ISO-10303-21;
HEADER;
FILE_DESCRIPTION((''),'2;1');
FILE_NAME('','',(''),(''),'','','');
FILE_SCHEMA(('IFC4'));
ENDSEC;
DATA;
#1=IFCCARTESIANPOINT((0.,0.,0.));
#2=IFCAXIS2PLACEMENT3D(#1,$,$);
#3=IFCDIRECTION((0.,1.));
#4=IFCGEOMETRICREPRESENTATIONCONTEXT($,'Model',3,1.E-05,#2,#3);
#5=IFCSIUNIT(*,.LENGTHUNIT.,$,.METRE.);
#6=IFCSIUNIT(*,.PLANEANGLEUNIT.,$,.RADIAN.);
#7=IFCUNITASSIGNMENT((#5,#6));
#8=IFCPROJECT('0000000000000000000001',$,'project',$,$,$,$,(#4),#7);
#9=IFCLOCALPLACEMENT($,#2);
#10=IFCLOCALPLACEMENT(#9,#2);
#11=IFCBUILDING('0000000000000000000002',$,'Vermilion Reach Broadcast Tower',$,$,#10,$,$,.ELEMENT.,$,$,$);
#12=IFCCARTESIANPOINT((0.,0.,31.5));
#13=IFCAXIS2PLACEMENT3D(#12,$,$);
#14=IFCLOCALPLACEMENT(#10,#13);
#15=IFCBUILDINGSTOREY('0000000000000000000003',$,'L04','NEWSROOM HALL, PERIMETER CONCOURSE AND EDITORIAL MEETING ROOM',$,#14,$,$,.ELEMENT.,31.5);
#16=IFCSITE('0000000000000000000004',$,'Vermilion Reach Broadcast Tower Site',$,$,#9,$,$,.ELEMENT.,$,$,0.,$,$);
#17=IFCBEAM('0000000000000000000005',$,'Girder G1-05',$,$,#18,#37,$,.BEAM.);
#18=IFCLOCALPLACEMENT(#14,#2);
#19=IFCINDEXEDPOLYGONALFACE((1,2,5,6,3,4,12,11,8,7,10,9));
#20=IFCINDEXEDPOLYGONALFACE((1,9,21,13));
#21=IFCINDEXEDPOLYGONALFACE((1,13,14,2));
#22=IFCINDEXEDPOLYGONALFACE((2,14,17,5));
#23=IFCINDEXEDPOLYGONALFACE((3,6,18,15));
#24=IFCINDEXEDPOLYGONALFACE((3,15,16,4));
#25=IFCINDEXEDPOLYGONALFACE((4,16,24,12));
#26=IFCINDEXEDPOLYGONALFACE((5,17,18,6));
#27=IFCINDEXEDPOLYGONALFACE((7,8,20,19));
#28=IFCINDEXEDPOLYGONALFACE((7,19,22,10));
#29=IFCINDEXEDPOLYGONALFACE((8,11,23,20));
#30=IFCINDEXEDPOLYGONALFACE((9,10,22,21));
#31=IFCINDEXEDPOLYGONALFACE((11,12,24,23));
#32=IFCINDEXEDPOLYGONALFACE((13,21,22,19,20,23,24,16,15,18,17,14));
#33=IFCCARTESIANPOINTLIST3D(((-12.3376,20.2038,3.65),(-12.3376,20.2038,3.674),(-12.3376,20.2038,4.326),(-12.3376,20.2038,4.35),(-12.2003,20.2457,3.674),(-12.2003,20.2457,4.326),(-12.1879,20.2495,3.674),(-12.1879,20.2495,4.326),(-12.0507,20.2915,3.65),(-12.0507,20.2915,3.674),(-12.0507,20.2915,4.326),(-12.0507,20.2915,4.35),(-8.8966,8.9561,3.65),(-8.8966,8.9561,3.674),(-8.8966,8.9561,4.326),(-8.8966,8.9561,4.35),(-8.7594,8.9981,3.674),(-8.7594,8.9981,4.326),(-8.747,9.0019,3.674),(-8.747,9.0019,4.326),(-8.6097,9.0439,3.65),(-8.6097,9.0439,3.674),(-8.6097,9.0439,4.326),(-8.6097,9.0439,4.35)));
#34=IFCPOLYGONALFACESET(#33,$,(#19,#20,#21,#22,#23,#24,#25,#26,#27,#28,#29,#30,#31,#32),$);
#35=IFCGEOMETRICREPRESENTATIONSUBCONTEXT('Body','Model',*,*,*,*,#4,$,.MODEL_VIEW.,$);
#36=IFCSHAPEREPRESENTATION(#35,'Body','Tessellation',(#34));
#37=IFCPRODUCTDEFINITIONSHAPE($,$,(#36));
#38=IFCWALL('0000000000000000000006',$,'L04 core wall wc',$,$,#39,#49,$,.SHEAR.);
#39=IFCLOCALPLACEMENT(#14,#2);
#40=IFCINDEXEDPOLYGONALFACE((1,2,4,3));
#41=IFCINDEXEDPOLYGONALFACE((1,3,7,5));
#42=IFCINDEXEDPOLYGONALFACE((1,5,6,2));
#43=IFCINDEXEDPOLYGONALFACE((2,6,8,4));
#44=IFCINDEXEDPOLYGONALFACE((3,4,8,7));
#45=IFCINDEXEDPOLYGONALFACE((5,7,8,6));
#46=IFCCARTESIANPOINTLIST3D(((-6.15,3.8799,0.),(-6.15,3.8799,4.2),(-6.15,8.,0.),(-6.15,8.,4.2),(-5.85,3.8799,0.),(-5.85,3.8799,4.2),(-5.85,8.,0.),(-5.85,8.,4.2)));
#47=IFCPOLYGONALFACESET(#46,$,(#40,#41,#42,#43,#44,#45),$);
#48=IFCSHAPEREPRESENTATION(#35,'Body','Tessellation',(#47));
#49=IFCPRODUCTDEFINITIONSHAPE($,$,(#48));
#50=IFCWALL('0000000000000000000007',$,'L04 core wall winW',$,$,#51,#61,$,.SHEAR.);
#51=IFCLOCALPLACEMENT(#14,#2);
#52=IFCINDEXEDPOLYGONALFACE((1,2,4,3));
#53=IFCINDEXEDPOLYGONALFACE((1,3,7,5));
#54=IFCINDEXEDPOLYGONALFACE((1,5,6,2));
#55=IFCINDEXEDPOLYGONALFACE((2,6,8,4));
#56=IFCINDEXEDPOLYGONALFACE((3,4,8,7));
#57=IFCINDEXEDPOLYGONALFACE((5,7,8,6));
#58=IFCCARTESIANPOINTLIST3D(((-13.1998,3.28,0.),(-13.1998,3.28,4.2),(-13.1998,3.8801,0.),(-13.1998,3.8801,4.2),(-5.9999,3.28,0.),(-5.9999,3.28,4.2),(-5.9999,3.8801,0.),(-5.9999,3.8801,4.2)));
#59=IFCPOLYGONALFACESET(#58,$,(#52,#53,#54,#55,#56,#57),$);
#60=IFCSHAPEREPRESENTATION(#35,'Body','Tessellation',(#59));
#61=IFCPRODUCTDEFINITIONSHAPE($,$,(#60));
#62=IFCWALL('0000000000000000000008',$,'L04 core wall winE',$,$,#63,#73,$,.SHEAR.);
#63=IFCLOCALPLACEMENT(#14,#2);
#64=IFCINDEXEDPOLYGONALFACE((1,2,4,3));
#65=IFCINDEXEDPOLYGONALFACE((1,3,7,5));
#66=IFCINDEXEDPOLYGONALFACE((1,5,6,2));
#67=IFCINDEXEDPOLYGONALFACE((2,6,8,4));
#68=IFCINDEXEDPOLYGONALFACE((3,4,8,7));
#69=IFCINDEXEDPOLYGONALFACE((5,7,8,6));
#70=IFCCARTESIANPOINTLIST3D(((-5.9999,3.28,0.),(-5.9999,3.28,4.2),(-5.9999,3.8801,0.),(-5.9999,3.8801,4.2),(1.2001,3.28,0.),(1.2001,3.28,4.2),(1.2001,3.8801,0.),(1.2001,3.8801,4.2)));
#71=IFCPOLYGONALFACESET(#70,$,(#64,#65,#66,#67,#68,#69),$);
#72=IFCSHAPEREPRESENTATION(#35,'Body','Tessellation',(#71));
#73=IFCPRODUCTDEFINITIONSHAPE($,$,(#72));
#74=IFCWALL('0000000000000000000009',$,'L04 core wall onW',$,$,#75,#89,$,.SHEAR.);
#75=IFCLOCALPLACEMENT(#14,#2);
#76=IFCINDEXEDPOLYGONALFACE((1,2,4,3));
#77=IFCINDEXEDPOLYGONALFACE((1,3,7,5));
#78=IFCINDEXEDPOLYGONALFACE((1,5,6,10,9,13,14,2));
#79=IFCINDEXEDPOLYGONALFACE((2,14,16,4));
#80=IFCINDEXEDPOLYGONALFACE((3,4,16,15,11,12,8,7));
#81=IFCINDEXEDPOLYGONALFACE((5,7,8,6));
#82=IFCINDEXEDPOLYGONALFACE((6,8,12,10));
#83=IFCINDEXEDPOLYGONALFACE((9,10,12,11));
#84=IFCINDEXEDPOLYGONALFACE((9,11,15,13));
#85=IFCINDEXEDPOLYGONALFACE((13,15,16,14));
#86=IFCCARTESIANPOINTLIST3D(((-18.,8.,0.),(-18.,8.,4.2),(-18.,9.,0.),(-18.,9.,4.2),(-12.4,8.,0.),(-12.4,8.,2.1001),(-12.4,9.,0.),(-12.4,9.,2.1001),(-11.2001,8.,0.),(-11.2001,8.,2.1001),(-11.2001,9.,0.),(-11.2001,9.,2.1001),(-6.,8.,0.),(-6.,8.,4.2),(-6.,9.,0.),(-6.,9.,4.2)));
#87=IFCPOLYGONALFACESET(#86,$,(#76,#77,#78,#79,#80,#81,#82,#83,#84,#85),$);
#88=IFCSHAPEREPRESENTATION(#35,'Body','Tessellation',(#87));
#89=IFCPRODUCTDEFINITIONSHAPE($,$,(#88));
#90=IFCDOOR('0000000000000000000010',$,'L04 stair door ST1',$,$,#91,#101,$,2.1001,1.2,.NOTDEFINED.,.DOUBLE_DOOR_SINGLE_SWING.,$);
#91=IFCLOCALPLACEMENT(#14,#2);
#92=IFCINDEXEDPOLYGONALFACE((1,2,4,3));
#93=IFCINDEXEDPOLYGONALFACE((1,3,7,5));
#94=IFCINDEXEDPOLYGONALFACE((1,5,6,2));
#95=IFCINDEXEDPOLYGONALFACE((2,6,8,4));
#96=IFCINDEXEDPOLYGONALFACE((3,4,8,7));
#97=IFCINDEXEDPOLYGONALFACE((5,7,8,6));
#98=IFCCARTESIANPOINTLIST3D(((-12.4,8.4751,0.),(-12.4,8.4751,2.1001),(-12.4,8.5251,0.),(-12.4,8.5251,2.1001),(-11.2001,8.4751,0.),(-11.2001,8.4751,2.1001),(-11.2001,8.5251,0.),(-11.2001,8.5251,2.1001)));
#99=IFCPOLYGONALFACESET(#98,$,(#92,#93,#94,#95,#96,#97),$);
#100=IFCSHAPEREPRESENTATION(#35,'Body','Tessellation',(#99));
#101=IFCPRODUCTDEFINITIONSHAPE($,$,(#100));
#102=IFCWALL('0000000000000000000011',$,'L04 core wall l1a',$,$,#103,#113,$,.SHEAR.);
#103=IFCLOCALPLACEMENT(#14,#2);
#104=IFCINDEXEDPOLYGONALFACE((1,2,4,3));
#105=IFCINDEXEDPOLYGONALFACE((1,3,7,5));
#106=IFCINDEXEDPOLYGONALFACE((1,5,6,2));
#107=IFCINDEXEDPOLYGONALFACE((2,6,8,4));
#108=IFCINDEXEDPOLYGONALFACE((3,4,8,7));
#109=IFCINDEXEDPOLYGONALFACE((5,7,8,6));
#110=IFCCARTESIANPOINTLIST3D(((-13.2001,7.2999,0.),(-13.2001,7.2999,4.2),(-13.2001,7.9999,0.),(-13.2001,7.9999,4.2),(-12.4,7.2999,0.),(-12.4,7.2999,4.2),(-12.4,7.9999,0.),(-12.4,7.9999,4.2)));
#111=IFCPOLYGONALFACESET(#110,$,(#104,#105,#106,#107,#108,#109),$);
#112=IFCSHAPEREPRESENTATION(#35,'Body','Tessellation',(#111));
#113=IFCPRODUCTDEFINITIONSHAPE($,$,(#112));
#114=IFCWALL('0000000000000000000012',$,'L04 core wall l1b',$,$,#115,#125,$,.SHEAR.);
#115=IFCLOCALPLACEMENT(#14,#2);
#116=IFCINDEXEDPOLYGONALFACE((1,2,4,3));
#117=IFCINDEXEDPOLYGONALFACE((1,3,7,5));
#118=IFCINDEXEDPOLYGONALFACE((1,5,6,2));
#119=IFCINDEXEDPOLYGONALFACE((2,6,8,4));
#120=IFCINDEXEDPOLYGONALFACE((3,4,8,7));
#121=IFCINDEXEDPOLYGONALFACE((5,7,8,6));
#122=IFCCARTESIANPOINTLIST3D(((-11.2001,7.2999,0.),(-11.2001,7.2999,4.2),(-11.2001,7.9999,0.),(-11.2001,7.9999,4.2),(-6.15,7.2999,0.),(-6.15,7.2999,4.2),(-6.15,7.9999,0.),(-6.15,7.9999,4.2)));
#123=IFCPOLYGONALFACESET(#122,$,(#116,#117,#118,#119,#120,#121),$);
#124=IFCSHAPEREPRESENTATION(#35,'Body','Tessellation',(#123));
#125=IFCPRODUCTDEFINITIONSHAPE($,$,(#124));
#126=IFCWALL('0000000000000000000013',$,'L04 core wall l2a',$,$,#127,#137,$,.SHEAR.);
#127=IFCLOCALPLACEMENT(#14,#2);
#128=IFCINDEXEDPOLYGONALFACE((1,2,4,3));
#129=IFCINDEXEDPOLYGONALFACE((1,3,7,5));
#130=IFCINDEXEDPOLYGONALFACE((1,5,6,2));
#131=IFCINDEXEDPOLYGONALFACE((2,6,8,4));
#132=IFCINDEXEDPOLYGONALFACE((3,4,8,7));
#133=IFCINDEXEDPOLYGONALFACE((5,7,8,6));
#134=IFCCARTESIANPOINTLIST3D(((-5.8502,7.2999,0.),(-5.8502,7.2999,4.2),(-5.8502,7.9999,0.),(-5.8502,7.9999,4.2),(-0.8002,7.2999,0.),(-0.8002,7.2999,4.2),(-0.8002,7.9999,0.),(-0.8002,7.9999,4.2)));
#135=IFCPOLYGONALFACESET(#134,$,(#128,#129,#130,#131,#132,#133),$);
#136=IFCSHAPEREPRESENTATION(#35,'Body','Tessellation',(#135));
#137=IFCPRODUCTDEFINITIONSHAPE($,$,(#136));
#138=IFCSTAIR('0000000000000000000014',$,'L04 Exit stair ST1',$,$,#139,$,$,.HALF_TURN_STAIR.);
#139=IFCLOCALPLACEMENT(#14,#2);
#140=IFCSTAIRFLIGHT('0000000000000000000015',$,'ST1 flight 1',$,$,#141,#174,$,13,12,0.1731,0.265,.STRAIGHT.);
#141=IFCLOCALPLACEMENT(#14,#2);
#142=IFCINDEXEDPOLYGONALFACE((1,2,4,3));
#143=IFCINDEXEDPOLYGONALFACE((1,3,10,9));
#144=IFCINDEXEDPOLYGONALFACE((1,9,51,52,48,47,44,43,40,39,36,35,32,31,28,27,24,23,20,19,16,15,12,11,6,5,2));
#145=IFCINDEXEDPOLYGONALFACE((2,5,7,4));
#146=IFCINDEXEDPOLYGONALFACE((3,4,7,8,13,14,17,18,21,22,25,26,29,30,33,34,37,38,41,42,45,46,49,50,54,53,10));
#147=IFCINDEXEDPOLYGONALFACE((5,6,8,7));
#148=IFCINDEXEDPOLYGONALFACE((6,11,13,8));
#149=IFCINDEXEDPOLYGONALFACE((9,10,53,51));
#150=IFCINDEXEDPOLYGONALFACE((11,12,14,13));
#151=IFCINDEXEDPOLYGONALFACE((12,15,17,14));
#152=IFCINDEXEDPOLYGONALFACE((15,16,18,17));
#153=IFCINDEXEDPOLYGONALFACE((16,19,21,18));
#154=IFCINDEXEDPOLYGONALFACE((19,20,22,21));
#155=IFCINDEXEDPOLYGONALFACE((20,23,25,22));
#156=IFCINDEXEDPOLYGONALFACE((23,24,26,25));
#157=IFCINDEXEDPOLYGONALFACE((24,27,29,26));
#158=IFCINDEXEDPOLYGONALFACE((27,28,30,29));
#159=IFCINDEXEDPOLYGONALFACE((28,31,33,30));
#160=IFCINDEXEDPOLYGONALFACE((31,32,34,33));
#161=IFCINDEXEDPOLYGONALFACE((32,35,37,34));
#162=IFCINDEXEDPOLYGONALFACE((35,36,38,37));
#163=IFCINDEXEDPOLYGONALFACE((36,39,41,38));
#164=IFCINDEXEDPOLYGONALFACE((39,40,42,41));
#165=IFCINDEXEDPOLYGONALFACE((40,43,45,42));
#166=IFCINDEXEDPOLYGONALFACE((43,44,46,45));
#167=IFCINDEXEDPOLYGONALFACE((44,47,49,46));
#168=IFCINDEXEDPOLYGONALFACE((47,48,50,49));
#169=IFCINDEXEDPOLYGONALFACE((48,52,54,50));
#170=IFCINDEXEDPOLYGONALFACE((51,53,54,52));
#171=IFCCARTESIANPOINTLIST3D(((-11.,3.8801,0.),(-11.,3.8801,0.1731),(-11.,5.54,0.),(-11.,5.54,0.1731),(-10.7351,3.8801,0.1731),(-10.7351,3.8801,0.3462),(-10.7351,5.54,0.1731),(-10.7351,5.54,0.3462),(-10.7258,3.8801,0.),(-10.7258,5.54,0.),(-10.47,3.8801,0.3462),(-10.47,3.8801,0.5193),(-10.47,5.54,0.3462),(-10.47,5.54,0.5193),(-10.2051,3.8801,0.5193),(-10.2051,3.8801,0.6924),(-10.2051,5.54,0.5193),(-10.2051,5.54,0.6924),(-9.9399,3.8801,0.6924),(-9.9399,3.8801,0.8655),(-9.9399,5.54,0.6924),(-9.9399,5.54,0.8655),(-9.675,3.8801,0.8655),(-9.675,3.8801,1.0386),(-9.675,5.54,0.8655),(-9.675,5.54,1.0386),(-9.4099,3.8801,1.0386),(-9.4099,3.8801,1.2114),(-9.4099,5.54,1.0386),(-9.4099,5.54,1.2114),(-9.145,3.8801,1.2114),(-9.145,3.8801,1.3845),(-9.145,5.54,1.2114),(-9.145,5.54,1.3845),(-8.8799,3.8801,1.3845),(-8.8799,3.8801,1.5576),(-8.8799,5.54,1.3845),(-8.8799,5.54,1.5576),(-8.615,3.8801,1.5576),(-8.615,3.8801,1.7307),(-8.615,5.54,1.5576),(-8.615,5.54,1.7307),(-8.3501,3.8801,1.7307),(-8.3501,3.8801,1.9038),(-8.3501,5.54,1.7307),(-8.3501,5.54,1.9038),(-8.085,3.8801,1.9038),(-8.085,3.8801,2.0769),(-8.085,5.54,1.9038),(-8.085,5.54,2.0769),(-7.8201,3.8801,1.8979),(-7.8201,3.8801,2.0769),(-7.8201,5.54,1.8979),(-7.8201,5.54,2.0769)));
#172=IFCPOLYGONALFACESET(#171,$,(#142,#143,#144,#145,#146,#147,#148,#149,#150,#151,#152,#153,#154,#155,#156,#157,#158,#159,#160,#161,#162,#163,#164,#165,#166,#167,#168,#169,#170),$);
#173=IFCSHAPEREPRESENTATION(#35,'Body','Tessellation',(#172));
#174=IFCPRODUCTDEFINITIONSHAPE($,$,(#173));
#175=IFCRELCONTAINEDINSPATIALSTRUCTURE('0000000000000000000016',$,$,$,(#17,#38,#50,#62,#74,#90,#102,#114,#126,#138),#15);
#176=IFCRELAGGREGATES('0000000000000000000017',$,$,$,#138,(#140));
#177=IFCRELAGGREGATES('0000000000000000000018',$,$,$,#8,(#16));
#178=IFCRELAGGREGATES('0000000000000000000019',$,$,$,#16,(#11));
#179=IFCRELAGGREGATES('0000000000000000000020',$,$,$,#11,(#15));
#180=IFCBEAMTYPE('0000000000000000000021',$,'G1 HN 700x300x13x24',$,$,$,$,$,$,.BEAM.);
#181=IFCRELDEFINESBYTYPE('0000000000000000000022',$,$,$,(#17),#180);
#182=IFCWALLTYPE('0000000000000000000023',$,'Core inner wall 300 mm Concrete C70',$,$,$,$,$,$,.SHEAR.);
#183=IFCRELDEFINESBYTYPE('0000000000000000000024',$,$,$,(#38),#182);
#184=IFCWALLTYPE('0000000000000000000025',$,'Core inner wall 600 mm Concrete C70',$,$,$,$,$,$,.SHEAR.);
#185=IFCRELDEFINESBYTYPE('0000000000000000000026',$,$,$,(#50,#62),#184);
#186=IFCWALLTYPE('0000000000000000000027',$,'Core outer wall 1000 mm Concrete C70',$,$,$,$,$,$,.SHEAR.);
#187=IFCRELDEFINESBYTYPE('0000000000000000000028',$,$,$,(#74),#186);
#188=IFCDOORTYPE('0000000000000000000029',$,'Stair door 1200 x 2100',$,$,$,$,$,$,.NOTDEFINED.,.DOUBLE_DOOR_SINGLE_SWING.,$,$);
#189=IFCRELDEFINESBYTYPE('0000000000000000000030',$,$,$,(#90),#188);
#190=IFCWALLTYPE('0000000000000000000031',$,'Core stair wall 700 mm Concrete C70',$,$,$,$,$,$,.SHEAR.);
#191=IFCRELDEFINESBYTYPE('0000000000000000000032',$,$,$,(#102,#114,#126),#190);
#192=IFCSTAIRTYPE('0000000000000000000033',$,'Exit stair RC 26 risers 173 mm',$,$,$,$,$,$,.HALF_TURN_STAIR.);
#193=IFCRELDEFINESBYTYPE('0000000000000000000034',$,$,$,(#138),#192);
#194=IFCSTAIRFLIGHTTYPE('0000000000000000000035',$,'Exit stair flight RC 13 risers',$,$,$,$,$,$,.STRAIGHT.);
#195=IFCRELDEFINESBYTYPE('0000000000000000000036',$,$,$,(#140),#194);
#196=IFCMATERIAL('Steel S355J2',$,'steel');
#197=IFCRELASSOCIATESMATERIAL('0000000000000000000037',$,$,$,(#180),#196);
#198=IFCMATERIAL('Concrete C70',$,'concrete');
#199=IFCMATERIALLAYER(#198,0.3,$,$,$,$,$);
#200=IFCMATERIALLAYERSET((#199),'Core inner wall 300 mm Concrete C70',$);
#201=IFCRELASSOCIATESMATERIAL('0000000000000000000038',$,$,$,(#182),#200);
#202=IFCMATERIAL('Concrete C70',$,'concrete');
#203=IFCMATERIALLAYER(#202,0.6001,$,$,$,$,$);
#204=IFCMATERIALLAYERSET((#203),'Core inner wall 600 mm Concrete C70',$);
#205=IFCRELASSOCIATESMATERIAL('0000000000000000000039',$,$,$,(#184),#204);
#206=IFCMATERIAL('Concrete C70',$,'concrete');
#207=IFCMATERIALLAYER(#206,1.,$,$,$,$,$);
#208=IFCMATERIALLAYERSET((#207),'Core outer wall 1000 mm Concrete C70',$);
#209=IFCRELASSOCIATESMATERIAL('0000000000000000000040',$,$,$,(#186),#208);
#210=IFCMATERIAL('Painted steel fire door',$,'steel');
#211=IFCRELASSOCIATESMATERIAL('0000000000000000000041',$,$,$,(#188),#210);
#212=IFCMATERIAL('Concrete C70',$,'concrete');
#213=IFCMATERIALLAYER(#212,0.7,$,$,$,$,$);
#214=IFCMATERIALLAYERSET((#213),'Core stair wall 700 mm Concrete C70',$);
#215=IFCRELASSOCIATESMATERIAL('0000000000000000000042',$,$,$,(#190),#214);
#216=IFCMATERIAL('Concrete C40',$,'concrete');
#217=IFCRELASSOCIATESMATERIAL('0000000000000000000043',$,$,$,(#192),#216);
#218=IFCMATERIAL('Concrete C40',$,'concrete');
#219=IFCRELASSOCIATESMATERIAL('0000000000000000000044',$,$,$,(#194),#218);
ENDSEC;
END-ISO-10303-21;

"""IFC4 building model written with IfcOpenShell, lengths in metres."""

from ifc_helpers import new_model, si_unit, direction, frame, frame_2d, origin, origin_2d, place, context, subcontext, project, spatial, polyline, rectangle, i_section, outline, extrude, material, layer, layer_set, material_profile, profile_set, type_object, element, fill, aggregate, save


model = new_model("IFC4")

# Units and contexts
model_context = context("Model", 3, precision=1e-05, world=origin(), true_north=direction((0.0, 1.0)))
body_context = subcontext(model_context, "Body", "Model", "MODEL_VIEW")
ifc_project = project(units=[si_unit("LENGTHUNIT", "METRE"), si_unit("PLANEANGLEUNIT", "RADIAN")], contexts=[model_context])

# Site, building, storey
site_placement = place(None, origin())
site = spatial("IfcSite", under=ifc_project, at=site_placement, Name="Vermilion Reach Broadcast Tower Site", CompositionType="ELEMENT", RefElevation=0.0)
building_placement = place(site_placement, origin())
building = spatial("IfcBuilding", under=site, at=building_placement, Name="Vermilion Reach Broadcast Tower", CompositionType="ELEMENT")
storey_placement = place(building_placement, frame((0.0, 0.0, 31.5)))
storey = spatial("IfcBuildingStorey", under=building, at=storey_placement, Name="L04", Description="NEWSROOM HALL, PERIMETER CONCOURSE AND EDITORIAL MEETING ROOM", CompositionType="ELEMENT", Elevation=31.5)

# Beam
ifc_material_1 = material(Name="Steel S355J2", Category="steel")
ifc_material_profile = material_profile(ifc_material_1, i_section(OverallWidth=0.3, OverallDepth=0.7, WebThickness=0.0129, FlangeThickness=0.0239, at=origin_2d()), Name="S355J2 HN 700x300x13x24")
ifc_profile_set = profile_set([ifc_material_profile], Name="Steel S355J2")
beam_type = type_object("IfcBeamType", Name="G1 HN 700x300x13x24", PredefinedType="BEAM", material=ifc_profile_set)
beam_placement = place(storey_placement, frame((-8.7532, 9.0, 4.0), z_axis=(-0.292542, 0.956253, 0.0), x_axis=(-0.956253, -0.292542, 0.0)))
element("IfcBeam", 1, at=beam_placement, inside=storey, type_object=beam_type, Name="Girder G1-05", PredefinedType="BEAM", context=body_context, shape_type="SweptSolid", body=[
    extrude(i_section(OverallWidth=0.3, OverallDepth=0.7, WebThickness=0.0129, FlangeThickness=0.0239, at=origin_2d()), origin(), (0.0, 0.0, 1.0), 11.7622),
])

# Walls
ifc_material_2 = material(Name="Concrete C70", Category="concrete")
ifc_layer_1 = layer(ifc_material_2, 0.3)
ifc_layer_set_1 = layer_set([ifc_layer_1], Name="Core inner wall 300 mm Concrete C70")
wall_type_1 = type_object("IfcWallType", Name="Core inner wall 300 mm Concrete C70", PredefinedType="SHEAR", material=ifc_layer_set_1)
wall_1_placement = place(storey_placement, frame((-6.0, 3.8799, 0.0), z_axis=(0.0, 0.0, 1.0), x_axis=(0.0, 1.0, 0.0)))
element("IfcWall", 2, at=wall_1_placement, inside=storey, type_object=wall_type_1, Name="L04 core wall wc", PredefinedType="SHEAR", context=body_context, shape_type="SweptSolid", body=[
    extrude(rectangle(XDim=4.1201, YDim=0.3, at=frame_2d((2.0601, 0.0))), origin(), (0.0, 0.0, 1.0), 4.2),
])
ifc_material_3 = material(Name="Concrete C70", Category="concrete")
ifc_layer_2 = layer(ifc_material_3, 0.6001)
ifc_layer_set_2 = layer_set([ifc_layer_2], Name="Core inner wall 600 mm Concrete C70")
wall_type_2 = type_object("IfcWallType", Name="Core inner wall 600 mm Concrete C70", PredefinedType="SHEAR", material=ifc_layer_set_2)
for number, where, z_axis, x_axis, name in (
    (3, (-13.2, 3.5801, 0.0), (0.0, 0.0, 1.0), (1.0, 0.0, 0.0), "L04 core wall winW"),
    (4, (-6.0, 3.5801, 0.0), (0.0, 0.0, 1.0), (1.0, 0.0, 0.0), "L04 core wall winE"),
):
    element("IfcWall", number, at=place(storey_placement, frame(where, z_axis=z_axis, x_axis=x_axis)), inside=storey, type_object=wall_type_2, Name=name, PredefinedType="SHEAR", context=body_context, shape_type="SweptSolid", body=[
        extrude(rectangle(XDim=7.2, YDim=0.6001, at=frame_2d((3.6001, 0.0))), origin(), (0.0, 0.0, 1.0), 4.2),
    ])

# Wall, opening, door
ifc_material_4 = material(Name="Concrete C70", Category="concrete")
ifc_layer_3 = layer(ifc_material_4, 1.0)
ifc_layer_set_3 = layer_set([ifc_layer_3], Name="Core outer wall 1000 mm Concrete C70")
wall_type_3 = type_object("IfcWallType", Name="Core outer wall 1000 mm Concrete C70", PredefinedType="SHEAR", material=ifc_layer_set_3)
wall_2_placement = place(storey_placement, frame((-6.0, 8.5, 0.0), z_axis=(0.0, 0.0, 1.0), x_axis=(-1.0, 0.0, 0.0)))
wall_2 = element("IfcWall", 5, at=wall_2_placement, inside=storey, type_object=wall_type_3, Name="L04 core wall onW", PredefinedType="SHEAR", context=body_context, shape_type="SweptSolid", body=[
    extrude(rectangle(XDim=12.0, YDim=1.0, at=frame_2d((6.0, 0.0))), origin(), (0.0, 0.0, 1.0), 4.2),
])
opening_placement = place(wall_2_placement, frame((5.2, 0.0, 0.0)))
opening = element("IfcOpeningElement", 6, at=opening_placement, cuts=wall_2, PredefinedType="OPENING", context=body_context, shape_type="SweptSolid", body=[
    extrude(rectangle(XDim=1.2, YDim=2.1001, at=frame_2d((0.6001, 1.05))), frame((0.0, 0.51, 0.0), z_axis=(0.0, -1.0, 0.0), x_axis=(1.0, 0.0, 0.0)), (0.0, 0.0, 1.0), 1.02),
])
ifc_material_5 = material(Name="Painted steel fire door", Category="steel")
door_type = type_object("IfcDoorType", Name="Stair door 1200 x 2100", OperationType="DOUBLE_DOOR_SINGLE_SWING", PredefinedType="NOTDEFINED", material=ifc_material_5)
door_placement = place(opening_placement, origin())
door = element("IfcDoor", 7, at=door_placement, inside=storey, type_object=door_type, Name="L04 stair door ST1", OperationType="DOUBLE_DOOR_SINGLE_SWING", OverallHeight=2.1001, OverallWidth=1.2, PredefinedType="NOTDEFINED", context=body_context, shape_type="SweptSolid", body=[
    extrude(rectangle(XDim=1.2, YDim=2.1001, at=frame_2d((0.6001, 1.05))), frame((0.0, 0.0249, 0.0), z_axis=(0.0, -1.0, 0.0), x_axis=(1.0, 0.0, 0.0)), (0.0, 0.0, 1.0), 0.05),
])
fill(opening, door)

# Walls
ifc_material_6 = material(Name="Concrete C70", Category="concrete")
ifc_layer_4 = layer(ifc_material_6, 0.7)
ifc_layer_set_4 = layer_set([ifc_layer_4], Name="Core stair wall 700 mm Concrete C70")
wall_type_4 = type_object("IfcWallType", Name="Core stair wall 700 mm Concrete C70", PredefinedType="SHEAR", material=ifc_layer_set_4)
wall_3_placement = place(storey_placement, frame((-13.2, 7.6499, 0.0), z_axis=(0.0, 0.0, 1.0), x_axis=(1.0, 0.0, 0.0)))
element("IfcWall", 8, at=wall_3_placement, inside=storey, type_object=wall_type_4, Name="L04 core wall l1a", PredefinedType="SHEAR", context=body_context, shape_type="SweptSolid", body=[
    extrude(rectangle(XDim=0.8, YDim=0.7, at=frame_2d((0.3999, 0.0))), origin(), (0.0, 0.0, 1.0), 4.2),
])
for number, where, z_axis, x_axis, name in (
    (9, (-11.2, 7.6499, 0.0), (0.0, 0.0, 1.0), (1.0, 0.0, 0.0), "L04 core wall l1b"),
    (10, (-5.8501, 7.6499, 0.0), (0.0, 0.0, 1.0), (1.0, 0.0, 0.0), "L04 core wall l2a"),
):
    element("IfcWall", number, at=place(storey_placement, frame(where, z_axis=z_axis, x_axis=x_axis)), inside=storey, type_object=wall_type_4, Name=name, PredefinedType="SHEAR", context=body_context, shape_type="SweptSolid", body=[
        extrude(rectangle(XDim=5.05, YDim=0.7, at=frame_2d((2.5249, 0.0))), origin(), (0.0, 0.0, 1.0), 4.2),
    ])

# Stair, stair flight
ifc_material_7 = material(Name="Concrete C40", Category="concrete")
stair_type = type_object("IfcStairType", Name="Exit stair RC 26 risers 173 mm", PredefinedType="HALF_TURN_STAIR", material=ifc_material_7)
placement = place(storey_placement, origin())
stair_1 = element("IfcStair", 11, at=placement, inside=storey, type_object=stair_type, Name="L04 Exit stair ST1", PredefinedType="HALF_TURN_STAIR")
ifc_material_8 = material(Name="Concrete C40", Category="concrete")
stair_flight_type = type_object("IfcStairFlightType", Name="Exit stair flight RC 13 risers", PredefinedType="STRAIGHT", material=ifc_material_8)
stair_flight_1_placement = place(storey_placement, frame((-11.0, 4.71, 0.0), z_axis=(0.0, 0.0, 1.0), x_axis=(1.0, 0.0, 0.0)))
stair_flight_1 = element("IfcStairFlight", 12, at=stair_flight_1_placement, type_object=stair_flight_type, Name="ST1 flight 1", NumberOfRisers=13, NumberOfTreads=12, PredefinedType="STRAIGHT", RiserHeight=0.1731, TreadLength=0.265, context=body_context, shape_type="SweptSolid", body=[
    extrude(outline(polyline([(0.0, 0.0), (0.0, 0.1731), (0.2649, 0.1731), (0.2649, 0.3462), (0.53, 0.3462), (0.53, 0.5193), (0.7949, 0.5193), (0.7949, 0.6924), (1.0601, 0.6924), (1.0601, 0.8655), (1.325, 0.8655), (1.325, 1.0386), (1.5901, 1.0386), (1.5901, 1.2114), (1.855, 1.2114), (1.855, 1.3845), (2.1201, 1.3845), (2.1201, 1.5576), (2.385, 1.5576), (2.385, 1.7307), (2.6499, 1.7307), (2.6499, 1.9038), (2.915, 1.9038), (2.915, 2.0769), (3.1799, 2.0769), (3.1799, 2.25), (3.1799, 1.8979), (0.2742, 0.0), (0.0, 0.0)])), frame((0.0, 0.8301, 0.0), z_axis=(0.0, -1.0, 0.0), x_axis=(1.0, 0.0, 0.0)), (0.0, 0.0, 1.0), 1.6599),
])
aggregate(stair_1, [stair_flight_1])

save(model, "model.ifc")
